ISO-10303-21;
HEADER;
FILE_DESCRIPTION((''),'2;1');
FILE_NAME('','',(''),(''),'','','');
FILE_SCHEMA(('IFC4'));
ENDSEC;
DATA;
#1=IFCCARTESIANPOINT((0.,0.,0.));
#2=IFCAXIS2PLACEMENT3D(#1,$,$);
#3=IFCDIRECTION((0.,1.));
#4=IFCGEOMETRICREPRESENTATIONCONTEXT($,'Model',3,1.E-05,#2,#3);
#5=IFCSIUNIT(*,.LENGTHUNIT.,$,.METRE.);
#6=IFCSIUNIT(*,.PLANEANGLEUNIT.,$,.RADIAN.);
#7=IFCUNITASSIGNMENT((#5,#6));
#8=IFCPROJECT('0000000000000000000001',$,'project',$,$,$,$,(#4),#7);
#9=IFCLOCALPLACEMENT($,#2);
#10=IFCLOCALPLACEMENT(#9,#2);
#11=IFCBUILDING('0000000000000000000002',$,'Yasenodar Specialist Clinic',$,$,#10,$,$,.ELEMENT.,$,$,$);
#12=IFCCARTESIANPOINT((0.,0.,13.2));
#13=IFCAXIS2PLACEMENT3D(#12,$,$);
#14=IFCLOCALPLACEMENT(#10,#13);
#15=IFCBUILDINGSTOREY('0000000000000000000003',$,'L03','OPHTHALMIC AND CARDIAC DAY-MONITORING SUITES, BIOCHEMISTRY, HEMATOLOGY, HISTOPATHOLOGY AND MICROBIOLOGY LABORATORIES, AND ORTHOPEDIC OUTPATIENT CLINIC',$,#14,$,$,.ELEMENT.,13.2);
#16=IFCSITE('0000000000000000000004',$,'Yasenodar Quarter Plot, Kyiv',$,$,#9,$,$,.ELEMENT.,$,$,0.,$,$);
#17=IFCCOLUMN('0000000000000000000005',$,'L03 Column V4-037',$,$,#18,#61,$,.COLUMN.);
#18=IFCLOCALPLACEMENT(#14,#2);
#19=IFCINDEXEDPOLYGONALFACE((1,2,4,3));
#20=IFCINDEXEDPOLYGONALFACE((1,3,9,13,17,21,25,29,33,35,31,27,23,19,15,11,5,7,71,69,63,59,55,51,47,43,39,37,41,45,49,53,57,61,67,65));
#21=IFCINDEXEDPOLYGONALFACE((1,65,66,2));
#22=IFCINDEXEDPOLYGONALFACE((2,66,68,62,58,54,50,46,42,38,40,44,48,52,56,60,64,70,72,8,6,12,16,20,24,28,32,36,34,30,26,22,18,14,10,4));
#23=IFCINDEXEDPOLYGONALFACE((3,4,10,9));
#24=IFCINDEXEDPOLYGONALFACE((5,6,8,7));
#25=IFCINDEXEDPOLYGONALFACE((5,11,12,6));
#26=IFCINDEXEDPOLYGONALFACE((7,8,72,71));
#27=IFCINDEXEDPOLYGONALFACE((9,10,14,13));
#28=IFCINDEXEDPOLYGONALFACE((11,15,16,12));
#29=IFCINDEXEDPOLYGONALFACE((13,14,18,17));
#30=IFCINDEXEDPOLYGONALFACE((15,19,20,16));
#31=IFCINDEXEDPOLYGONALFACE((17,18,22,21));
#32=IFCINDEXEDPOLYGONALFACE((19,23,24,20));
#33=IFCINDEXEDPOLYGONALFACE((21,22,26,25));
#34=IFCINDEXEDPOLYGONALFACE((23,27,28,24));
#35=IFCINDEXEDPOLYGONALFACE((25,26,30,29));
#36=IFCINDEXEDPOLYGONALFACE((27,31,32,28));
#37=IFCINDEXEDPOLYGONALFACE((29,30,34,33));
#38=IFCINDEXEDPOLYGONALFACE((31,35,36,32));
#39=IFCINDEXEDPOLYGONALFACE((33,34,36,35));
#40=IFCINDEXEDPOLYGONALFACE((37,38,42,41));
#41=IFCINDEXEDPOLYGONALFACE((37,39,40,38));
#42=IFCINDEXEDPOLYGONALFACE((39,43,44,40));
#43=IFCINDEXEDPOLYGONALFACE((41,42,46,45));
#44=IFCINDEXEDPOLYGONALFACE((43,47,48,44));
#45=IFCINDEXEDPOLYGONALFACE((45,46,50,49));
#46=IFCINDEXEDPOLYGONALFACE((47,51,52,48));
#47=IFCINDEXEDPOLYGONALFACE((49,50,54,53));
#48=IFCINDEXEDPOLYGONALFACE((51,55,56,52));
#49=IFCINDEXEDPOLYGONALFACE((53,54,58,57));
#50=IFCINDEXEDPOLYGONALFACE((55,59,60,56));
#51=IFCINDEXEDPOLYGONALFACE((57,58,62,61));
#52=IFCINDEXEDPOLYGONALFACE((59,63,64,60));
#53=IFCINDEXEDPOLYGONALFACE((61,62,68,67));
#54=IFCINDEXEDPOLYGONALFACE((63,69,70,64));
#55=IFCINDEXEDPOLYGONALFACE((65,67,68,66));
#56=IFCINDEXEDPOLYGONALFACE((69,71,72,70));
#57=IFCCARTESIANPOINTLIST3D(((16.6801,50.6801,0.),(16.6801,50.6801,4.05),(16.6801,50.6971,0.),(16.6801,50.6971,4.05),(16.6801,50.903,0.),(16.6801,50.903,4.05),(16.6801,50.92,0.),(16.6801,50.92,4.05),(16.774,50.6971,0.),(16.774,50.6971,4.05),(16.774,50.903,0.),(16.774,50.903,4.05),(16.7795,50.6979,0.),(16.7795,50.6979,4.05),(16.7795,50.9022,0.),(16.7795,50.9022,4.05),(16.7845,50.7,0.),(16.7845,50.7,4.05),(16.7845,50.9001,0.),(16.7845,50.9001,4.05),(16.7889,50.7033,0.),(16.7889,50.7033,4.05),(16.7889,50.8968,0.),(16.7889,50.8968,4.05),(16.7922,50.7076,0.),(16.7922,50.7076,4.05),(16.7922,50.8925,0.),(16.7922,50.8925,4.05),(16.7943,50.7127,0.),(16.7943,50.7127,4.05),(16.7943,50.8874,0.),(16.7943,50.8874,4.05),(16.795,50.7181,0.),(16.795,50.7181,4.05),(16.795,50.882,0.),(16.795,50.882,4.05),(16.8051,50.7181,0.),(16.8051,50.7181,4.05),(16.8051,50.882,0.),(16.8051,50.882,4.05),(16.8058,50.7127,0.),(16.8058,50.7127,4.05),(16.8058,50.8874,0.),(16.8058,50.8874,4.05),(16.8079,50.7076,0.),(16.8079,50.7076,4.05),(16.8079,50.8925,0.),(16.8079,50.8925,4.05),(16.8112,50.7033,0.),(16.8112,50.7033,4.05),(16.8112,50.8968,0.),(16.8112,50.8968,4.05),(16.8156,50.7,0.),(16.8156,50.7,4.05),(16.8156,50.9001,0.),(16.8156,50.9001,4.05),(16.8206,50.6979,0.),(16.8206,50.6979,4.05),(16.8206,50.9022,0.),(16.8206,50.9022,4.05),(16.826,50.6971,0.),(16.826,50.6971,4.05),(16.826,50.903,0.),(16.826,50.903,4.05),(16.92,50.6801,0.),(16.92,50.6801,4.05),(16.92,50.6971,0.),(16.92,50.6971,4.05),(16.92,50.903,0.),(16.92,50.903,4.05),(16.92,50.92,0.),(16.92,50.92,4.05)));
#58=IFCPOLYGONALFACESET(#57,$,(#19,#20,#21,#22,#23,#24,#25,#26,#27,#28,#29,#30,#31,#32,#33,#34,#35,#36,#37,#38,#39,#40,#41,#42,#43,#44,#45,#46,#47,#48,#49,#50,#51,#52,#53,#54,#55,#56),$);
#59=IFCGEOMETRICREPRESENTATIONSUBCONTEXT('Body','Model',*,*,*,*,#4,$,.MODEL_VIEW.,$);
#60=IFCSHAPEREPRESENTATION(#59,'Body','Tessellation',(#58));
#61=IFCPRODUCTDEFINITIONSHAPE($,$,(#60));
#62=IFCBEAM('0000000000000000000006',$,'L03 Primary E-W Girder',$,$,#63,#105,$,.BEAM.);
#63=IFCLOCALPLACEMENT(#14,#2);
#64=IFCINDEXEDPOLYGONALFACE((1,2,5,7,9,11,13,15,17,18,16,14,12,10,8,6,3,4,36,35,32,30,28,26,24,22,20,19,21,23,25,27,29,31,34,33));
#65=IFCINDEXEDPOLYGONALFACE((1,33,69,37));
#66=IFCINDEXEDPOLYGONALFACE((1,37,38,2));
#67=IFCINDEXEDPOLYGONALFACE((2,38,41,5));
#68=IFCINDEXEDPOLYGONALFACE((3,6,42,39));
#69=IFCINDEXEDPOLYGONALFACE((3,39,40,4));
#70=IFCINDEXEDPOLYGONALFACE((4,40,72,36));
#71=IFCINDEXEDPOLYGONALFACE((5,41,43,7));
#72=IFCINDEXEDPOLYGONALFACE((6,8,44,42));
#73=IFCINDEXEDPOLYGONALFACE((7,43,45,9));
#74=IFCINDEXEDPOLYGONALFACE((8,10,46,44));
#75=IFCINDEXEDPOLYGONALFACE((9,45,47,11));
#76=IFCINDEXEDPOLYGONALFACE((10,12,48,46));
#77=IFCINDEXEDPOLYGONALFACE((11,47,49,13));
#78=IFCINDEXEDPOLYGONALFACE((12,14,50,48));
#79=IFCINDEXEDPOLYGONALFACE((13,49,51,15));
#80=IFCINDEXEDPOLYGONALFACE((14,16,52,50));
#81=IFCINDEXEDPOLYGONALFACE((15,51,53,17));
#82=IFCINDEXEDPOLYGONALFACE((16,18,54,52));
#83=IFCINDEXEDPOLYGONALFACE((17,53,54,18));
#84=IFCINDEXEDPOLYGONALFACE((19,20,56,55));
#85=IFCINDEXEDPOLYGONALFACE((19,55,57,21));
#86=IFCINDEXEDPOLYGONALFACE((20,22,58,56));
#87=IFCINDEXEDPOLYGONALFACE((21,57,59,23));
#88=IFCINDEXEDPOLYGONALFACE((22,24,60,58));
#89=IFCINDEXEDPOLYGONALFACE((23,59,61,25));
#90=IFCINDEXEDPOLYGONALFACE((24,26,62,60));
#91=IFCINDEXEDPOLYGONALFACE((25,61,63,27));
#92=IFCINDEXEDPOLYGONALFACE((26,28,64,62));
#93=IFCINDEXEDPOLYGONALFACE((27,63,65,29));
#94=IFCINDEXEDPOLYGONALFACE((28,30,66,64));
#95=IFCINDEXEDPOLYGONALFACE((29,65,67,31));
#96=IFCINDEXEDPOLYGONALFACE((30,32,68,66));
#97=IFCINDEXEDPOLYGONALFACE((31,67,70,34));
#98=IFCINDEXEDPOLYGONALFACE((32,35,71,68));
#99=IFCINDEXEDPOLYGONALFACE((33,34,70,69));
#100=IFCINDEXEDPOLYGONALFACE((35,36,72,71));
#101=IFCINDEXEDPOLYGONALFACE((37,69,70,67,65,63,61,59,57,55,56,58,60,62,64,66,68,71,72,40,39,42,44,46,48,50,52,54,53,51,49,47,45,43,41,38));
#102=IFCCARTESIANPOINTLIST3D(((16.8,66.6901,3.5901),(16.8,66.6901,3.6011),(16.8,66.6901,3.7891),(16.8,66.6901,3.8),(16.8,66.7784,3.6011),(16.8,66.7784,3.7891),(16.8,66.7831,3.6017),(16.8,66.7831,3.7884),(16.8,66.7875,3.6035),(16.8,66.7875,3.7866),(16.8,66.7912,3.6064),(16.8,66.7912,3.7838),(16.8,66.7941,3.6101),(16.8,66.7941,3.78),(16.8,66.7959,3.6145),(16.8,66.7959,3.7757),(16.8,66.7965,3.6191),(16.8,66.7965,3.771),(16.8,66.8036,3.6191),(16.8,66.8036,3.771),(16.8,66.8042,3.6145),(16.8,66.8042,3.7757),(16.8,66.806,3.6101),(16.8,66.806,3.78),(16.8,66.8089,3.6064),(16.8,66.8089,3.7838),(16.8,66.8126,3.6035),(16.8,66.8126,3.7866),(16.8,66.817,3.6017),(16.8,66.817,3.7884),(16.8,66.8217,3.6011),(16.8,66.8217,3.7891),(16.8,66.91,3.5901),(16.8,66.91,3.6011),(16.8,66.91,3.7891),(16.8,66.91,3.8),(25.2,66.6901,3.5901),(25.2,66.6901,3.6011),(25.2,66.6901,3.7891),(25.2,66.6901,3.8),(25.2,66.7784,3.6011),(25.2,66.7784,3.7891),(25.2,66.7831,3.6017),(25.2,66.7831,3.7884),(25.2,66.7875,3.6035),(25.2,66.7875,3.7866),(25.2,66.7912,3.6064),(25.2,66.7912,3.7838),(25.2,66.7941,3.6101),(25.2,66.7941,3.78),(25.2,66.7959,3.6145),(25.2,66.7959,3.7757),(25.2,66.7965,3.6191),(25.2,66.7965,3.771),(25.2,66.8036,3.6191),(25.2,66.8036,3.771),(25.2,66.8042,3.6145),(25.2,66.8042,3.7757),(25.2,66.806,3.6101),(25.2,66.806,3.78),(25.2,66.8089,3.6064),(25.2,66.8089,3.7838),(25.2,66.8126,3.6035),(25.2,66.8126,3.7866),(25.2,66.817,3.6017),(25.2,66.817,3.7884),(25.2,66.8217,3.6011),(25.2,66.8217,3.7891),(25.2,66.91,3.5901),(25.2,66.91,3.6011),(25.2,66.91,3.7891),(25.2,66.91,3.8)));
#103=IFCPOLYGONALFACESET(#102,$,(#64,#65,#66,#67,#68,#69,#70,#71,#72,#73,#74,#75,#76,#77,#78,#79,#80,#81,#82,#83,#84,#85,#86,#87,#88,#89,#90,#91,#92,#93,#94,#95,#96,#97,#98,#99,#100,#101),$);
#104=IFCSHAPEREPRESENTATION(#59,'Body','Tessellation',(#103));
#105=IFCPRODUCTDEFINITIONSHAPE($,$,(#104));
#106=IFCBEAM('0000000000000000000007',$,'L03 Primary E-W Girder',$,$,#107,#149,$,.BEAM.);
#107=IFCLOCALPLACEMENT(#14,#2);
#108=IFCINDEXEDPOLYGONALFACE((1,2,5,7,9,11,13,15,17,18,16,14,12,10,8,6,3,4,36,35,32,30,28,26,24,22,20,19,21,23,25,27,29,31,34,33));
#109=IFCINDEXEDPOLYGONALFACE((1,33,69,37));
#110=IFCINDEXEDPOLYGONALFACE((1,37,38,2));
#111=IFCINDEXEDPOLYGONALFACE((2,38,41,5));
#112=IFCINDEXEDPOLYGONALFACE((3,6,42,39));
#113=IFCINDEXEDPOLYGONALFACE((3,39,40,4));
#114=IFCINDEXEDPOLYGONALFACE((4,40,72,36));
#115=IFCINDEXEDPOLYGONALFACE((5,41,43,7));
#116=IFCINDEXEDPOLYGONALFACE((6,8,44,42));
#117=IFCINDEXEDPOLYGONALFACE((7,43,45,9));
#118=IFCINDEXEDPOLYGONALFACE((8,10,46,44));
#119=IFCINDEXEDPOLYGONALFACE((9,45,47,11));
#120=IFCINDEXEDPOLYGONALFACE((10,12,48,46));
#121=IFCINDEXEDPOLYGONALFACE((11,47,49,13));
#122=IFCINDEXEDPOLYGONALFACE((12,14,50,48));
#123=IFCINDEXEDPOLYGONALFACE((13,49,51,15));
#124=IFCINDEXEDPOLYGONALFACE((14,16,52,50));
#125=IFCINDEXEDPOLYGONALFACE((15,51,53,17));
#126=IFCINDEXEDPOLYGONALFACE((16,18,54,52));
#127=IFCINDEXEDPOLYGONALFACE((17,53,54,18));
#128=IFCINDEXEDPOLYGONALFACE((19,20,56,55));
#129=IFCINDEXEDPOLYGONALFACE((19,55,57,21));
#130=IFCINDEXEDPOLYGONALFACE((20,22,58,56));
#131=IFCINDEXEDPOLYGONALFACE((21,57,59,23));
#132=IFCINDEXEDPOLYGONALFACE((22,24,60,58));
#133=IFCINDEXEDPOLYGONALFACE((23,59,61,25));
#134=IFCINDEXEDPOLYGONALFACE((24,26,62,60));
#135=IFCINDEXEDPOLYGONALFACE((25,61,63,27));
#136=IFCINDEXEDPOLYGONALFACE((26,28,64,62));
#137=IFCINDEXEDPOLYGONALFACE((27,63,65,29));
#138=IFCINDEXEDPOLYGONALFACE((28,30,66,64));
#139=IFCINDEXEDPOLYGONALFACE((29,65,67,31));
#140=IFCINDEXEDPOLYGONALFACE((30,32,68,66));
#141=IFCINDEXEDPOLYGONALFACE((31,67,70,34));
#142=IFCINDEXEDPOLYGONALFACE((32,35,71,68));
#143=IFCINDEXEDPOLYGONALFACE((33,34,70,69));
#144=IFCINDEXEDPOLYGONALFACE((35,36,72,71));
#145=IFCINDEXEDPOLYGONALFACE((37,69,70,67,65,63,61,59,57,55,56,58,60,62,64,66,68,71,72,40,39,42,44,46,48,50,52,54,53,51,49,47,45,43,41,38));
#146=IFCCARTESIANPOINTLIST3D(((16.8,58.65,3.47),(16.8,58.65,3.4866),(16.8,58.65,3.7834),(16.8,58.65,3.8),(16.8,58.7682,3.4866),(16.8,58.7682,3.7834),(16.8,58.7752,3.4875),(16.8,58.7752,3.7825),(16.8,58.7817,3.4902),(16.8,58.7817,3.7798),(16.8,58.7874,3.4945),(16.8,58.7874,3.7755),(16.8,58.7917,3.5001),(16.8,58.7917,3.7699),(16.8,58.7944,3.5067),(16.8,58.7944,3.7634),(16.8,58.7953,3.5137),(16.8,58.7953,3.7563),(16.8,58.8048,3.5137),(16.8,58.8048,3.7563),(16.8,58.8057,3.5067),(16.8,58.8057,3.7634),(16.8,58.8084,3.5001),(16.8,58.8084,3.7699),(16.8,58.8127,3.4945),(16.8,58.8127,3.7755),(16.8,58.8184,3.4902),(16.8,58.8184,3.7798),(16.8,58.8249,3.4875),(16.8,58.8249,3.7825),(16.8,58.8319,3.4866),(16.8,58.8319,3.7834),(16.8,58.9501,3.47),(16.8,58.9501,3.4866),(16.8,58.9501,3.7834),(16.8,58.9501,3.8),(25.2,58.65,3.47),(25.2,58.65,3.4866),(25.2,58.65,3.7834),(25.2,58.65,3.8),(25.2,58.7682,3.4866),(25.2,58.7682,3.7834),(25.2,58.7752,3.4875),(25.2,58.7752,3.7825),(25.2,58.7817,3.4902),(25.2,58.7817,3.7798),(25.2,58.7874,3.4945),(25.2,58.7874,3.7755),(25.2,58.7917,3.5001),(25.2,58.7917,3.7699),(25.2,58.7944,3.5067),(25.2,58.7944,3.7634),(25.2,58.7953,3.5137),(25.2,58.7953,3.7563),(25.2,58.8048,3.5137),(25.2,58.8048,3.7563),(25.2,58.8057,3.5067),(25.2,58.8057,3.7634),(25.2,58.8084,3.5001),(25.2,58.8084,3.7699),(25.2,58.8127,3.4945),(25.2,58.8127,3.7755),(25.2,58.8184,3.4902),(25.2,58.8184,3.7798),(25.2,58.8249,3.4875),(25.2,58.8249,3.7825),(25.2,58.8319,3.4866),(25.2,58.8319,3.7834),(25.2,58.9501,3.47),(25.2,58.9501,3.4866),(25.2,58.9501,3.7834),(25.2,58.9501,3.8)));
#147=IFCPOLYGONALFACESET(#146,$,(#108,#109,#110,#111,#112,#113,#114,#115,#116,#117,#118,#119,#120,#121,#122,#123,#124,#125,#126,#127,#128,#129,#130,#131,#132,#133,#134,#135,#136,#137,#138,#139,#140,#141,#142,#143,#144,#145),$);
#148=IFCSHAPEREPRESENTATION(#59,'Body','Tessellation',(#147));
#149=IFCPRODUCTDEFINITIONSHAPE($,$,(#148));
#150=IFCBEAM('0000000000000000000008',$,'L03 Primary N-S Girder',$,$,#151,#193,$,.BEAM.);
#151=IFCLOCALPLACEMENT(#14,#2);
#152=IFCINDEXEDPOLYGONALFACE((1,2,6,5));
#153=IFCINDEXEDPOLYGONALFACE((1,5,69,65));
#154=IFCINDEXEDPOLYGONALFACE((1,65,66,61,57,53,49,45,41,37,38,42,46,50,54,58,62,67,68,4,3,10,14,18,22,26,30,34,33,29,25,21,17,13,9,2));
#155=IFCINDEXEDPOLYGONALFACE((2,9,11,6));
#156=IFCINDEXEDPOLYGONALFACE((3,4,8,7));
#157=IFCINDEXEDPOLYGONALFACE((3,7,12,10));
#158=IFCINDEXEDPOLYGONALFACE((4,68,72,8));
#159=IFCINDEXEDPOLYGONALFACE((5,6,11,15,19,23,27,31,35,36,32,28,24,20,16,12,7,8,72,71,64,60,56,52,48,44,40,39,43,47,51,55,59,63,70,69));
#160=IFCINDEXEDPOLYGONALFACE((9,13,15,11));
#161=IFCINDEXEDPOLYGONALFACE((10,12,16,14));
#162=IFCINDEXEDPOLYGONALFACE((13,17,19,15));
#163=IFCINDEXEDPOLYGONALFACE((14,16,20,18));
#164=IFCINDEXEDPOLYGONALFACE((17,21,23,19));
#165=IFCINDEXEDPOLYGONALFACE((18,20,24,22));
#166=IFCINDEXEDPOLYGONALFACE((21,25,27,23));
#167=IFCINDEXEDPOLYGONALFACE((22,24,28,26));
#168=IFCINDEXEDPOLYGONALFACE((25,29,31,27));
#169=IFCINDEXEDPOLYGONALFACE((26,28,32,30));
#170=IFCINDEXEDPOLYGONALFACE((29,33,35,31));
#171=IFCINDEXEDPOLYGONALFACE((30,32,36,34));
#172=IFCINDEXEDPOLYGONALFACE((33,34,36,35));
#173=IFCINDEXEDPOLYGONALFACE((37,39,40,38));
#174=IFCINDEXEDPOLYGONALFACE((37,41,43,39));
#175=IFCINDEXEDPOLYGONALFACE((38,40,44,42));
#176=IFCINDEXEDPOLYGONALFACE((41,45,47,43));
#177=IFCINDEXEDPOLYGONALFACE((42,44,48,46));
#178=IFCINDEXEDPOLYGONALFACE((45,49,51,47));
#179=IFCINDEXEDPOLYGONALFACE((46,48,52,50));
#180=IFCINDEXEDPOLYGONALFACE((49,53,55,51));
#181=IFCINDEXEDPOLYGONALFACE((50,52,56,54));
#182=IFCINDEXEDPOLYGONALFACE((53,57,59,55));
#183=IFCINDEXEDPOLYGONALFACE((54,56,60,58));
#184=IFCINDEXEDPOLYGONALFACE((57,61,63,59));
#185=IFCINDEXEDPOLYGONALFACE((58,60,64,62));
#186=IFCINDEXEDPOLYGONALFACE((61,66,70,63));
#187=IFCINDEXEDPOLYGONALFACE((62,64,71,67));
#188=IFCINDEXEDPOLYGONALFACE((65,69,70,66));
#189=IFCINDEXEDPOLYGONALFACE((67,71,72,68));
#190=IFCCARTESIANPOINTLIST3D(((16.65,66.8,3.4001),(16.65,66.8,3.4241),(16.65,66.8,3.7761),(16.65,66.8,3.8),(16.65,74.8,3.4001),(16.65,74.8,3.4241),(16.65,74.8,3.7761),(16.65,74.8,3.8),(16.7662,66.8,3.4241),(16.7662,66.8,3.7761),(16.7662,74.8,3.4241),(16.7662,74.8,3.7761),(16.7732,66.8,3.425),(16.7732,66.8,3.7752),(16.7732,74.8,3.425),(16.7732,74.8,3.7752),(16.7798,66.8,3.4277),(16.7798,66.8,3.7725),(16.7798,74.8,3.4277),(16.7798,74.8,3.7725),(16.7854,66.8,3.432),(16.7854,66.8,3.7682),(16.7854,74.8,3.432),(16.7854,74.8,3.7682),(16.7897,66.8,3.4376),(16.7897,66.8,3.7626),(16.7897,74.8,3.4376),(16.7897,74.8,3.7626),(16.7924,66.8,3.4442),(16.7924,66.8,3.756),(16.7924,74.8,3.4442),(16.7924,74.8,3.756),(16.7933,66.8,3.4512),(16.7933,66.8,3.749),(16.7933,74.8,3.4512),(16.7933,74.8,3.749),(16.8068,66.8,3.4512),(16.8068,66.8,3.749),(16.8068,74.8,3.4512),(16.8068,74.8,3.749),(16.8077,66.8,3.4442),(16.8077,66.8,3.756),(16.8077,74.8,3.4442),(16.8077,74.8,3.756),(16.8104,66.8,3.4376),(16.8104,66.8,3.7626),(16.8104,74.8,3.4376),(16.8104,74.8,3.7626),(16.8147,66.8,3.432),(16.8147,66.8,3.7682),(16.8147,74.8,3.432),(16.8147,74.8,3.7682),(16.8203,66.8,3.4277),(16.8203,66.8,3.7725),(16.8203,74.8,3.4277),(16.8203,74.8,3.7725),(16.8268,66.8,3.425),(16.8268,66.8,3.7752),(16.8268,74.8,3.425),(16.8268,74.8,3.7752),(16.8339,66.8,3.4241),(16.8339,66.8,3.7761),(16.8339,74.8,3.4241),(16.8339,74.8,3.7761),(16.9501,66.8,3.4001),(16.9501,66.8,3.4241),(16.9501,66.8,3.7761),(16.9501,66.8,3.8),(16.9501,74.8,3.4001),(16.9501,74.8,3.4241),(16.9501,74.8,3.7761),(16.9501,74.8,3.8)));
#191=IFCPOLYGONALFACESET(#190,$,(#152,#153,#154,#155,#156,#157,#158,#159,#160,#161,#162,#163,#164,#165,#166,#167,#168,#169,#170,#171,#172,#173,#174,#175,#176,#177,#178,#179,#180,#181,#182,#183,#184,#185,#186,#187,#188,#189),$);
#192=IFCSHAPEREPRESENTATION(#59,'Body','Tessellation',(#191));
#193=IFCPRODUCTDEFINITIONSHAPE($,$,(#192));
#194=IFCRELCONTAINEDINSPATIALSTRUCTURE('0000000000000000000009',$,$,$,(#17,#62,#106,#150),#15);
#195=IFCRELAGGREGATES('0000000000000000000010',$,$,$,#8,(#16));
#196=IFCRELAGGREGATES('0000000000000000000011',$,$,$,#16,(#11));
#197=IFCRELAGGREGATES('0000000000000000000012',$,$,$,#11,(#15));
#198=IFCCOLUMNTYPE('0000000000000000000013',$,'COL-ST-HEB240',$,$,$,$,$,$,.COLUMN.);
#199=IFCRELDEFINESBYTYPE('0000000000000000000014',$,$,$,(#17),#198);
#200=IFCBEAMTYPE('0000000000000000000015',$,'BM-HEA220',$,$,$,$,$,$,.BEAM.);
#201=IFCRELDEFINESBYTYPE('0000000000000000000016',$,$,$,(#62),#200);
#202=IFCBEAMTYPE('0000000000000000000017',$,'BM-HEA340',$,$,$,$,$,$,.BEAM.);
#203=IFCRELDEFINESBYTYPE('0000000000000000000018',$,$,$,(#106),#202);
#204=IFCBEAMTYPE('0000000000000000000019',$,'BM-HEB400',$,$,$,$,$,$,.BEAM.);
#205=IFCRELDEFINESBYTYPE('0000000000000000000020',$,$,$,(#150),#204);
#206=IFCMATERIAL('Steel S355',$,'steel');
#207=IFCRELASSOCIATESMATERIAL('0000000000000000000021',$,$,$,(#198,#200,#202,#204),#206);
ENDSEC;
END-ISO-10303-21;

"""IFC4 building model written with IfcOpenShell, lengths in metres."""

from ifc_helpers import new_model, si_unit, direction, frame, origin, origin_2d, place, context, subcontext, project, spatial, i_section, extrude, material, material_profile, profile_set, type_object, element, save


model = new_model("IFC4")

# Units and contexts
model_context = context("Model", 3, precision=1e-05, world=origin(), true_north=direction((0.0, 1.0)))
body_context = subcontext(model_context, "Body", "Model", "MODEL_VIEW")
ifc_project = project(units=[si_unit("LENGTHUNIT", "METRE"), si_unit("PLANEANGLEUNIT", "RADIAN")], contexts=[model_context])

# Site, building, storey
site_placement = place(None, origin())
site = spatial("IfcSite", under=ifc_project, at=site_placement, Name="Yasenodar Quarter Plot, Kyiv", CompositionType="ELEMENT", RefElevation=0.0)
building_placement = place(site_placement, origin())
building = spatial("IfcBuilding", under=site, at=building_placement, Name="Yasenodar Specialist Clinic", CompositionType="ELEMENT")
storey_placement = place(building_placement, frame((0.0, 0.0, 13.2)))
storey = spatial("IfcBuildingStorey", under=building, at=storey_placement, Name="L03", Description="OPHTHALMIC AND CARDIAC DAY-MONITORING SUITES, BIOCHEMISTRY, HEMATOLOGY, HISTOPATHOLOGY AND MICROBIOLOGY LABORATORIES, AND ORTHOPEDIC OUTPATIENT CLINIC", CompositionType="ELEMENT", Elevation=13.2)

# Column
ifc_material_1 = material(Name="Steel S355", Category="steel")
ifc_material_profile_1 = material_profile(ifc_material_1, i_section(OverallWidth=0.24, OverallDepth=0.24, WebThickness=0.01, FlangeThickness=0.0171, FilletRadius=0.021, at=origin_2d()), Name="HEB 240")
ifc_profile_set_1 = profile_set([ifc_material_profile_1], Name="Steel S355")
column_type_1 = type_object("IfcColumnType", Name="COL-ST-HEB240", PredefinedType="COLUMN", material=ifc_profile_set_1)
column_1_placement = place(storey_placement, frame((16.8, 50.8, 0.0), z_axis=(0.0, 0.0, 1.0), x_axis=(1.0, 0.0, 0.0)))
element("IfcColumn", 1, at=column_1_placement, inside=storey, type_object=column_type_1, Name="L03 Column V4-037", PredefinedType="COLUMN", context=body_context, shape_type="SweptSolid", body=[
    extrude(i_section(OverallWidth=0.24, OverallDepth=0.24, WebThickness=0.01, FlangeThickness=0.0171, FilletRadius=0.021, at=origin_2d()), origin(), (0.0, 0.0, 1.0), 4.05),
])

# Beams
ifc_material_profile_2 = material_profile(ifc_material_1, i_section(OverallWidth=0.22, OverallDepth=0.21, WebThickness=0.0071, FlangeThickness=0.011, FilletRadius=0.0181, at=origin_2d()), Name="HEA 220")
ifc_profile_set_2 = profile_set([ifc_material_profile_2], Name="Steel S355")
beam_type_1 = type_object("IfcBeamType", Name="BM-HEA220", PredefinedType="BEAM", material=ifc_profile_set_2)
beam_1_placement = place(storey_placement, frame((16.8, 66.8, 3.6951), z_axis=(1.0, 0.0, 0.0), x_axis=(0.0, 1.0, 0.0)))
element("IfcBeam", 2, at=beam_1_placement, inside=storey, type_object=beam_type_1, Name="L03 Primary E-W Girder", PredefinedType="BEAM", context=body_context, shape_type="SweptSolid", body=[
    extrude(i_section(OverallWidth=0.22, OverallDepth=0.21, WebThickness=0.0071, FlangeThickness=0.011, FilletRadius=0.0181, at=origin_2d()), origin(), (0.0, 0.0, 1.0), 8.3999),
])
ifc_material_profile_3 = material_profile(ifc_material_1, i_section(OverallWidth=0.3, OverallDepth=0.3301, WebThickness=0.0095, FlangeThickness=0.0166, FilletRadius=0.0271, at=origin_2d()), Name="HEA 340")
ifc_profile_set_3 = profile_set([ifc_material_profile_3], Name="Steel S355")
beam_type_2 = type_object("IfcBeamType", Name="BM-HEA340", PredefinedType="BEAM", material=ifc_profile_set_3)
beam_2_placement = place(storey_placement, frame((16.8, 58.8, 3.635), z_axis=(1.0, 0.0, 0.0), x_axis=(0.0, 1.0, 0.0)))
element("IfcBeam", 3, at=beam_2_placement, inside=storey, type_object=beam_type_2, Name="L03 Primary E-W Girder", PredefinedType="BEAM", context=body_context, shape_type="SweptSolid", body=[
    extrude(i_section(OverallWidth=0.3, OverallDepth=0.3301, WebThickness=0.0095, FlangeThickness=0.0166, FilletRadius=0.0271, at=origin_2d()), origin(), (0.0, 0.0, 1.0), 8.3999),
])
ifc_material_profile_4 = material_profile(ifc_material_1, i_section(OverallWidth=0.3, OverallDepth=0.3999, WebThickness=0.0134, FlangeThickness=0.0239, FilletRadius=0.0271, at=origin_2d()), Name="HEB 400")
ifc_profile_set_4 = profile_set([ifc_material_profile_4], Name="Steel S355")
beam_type_3 = type_object("IfcBeamType", Name="BM-HEB400", PredefinedType="BEAM", material=ifc_profile_set_4)
beam_3_placement = place(storey_placement, frame((16.8, 66.8, 3.6001), z_axis=(0.0, 1.0, 0.0), x_axis=(-1.0, 0.0, 0.0)))
element("IfcBeam", 4, at=beam_3_placement, inside=storey, type_object=beam_type_3, Name="L03 Primary N-S Girder", PredefinedType="BEAM", context=body_context, shape_type="SweptSolid", body=[
    extrude(i_section(OverallWidth=0.3, OverallDepth=0.3999, WebThickness=0.0134, FlangeThickness=0.0239, FilletRadius=0.0271, at=origin_2d()), origin(), (0.0, 0.0, 1.0), 8.0),
])

save(model, "model.ifc")
